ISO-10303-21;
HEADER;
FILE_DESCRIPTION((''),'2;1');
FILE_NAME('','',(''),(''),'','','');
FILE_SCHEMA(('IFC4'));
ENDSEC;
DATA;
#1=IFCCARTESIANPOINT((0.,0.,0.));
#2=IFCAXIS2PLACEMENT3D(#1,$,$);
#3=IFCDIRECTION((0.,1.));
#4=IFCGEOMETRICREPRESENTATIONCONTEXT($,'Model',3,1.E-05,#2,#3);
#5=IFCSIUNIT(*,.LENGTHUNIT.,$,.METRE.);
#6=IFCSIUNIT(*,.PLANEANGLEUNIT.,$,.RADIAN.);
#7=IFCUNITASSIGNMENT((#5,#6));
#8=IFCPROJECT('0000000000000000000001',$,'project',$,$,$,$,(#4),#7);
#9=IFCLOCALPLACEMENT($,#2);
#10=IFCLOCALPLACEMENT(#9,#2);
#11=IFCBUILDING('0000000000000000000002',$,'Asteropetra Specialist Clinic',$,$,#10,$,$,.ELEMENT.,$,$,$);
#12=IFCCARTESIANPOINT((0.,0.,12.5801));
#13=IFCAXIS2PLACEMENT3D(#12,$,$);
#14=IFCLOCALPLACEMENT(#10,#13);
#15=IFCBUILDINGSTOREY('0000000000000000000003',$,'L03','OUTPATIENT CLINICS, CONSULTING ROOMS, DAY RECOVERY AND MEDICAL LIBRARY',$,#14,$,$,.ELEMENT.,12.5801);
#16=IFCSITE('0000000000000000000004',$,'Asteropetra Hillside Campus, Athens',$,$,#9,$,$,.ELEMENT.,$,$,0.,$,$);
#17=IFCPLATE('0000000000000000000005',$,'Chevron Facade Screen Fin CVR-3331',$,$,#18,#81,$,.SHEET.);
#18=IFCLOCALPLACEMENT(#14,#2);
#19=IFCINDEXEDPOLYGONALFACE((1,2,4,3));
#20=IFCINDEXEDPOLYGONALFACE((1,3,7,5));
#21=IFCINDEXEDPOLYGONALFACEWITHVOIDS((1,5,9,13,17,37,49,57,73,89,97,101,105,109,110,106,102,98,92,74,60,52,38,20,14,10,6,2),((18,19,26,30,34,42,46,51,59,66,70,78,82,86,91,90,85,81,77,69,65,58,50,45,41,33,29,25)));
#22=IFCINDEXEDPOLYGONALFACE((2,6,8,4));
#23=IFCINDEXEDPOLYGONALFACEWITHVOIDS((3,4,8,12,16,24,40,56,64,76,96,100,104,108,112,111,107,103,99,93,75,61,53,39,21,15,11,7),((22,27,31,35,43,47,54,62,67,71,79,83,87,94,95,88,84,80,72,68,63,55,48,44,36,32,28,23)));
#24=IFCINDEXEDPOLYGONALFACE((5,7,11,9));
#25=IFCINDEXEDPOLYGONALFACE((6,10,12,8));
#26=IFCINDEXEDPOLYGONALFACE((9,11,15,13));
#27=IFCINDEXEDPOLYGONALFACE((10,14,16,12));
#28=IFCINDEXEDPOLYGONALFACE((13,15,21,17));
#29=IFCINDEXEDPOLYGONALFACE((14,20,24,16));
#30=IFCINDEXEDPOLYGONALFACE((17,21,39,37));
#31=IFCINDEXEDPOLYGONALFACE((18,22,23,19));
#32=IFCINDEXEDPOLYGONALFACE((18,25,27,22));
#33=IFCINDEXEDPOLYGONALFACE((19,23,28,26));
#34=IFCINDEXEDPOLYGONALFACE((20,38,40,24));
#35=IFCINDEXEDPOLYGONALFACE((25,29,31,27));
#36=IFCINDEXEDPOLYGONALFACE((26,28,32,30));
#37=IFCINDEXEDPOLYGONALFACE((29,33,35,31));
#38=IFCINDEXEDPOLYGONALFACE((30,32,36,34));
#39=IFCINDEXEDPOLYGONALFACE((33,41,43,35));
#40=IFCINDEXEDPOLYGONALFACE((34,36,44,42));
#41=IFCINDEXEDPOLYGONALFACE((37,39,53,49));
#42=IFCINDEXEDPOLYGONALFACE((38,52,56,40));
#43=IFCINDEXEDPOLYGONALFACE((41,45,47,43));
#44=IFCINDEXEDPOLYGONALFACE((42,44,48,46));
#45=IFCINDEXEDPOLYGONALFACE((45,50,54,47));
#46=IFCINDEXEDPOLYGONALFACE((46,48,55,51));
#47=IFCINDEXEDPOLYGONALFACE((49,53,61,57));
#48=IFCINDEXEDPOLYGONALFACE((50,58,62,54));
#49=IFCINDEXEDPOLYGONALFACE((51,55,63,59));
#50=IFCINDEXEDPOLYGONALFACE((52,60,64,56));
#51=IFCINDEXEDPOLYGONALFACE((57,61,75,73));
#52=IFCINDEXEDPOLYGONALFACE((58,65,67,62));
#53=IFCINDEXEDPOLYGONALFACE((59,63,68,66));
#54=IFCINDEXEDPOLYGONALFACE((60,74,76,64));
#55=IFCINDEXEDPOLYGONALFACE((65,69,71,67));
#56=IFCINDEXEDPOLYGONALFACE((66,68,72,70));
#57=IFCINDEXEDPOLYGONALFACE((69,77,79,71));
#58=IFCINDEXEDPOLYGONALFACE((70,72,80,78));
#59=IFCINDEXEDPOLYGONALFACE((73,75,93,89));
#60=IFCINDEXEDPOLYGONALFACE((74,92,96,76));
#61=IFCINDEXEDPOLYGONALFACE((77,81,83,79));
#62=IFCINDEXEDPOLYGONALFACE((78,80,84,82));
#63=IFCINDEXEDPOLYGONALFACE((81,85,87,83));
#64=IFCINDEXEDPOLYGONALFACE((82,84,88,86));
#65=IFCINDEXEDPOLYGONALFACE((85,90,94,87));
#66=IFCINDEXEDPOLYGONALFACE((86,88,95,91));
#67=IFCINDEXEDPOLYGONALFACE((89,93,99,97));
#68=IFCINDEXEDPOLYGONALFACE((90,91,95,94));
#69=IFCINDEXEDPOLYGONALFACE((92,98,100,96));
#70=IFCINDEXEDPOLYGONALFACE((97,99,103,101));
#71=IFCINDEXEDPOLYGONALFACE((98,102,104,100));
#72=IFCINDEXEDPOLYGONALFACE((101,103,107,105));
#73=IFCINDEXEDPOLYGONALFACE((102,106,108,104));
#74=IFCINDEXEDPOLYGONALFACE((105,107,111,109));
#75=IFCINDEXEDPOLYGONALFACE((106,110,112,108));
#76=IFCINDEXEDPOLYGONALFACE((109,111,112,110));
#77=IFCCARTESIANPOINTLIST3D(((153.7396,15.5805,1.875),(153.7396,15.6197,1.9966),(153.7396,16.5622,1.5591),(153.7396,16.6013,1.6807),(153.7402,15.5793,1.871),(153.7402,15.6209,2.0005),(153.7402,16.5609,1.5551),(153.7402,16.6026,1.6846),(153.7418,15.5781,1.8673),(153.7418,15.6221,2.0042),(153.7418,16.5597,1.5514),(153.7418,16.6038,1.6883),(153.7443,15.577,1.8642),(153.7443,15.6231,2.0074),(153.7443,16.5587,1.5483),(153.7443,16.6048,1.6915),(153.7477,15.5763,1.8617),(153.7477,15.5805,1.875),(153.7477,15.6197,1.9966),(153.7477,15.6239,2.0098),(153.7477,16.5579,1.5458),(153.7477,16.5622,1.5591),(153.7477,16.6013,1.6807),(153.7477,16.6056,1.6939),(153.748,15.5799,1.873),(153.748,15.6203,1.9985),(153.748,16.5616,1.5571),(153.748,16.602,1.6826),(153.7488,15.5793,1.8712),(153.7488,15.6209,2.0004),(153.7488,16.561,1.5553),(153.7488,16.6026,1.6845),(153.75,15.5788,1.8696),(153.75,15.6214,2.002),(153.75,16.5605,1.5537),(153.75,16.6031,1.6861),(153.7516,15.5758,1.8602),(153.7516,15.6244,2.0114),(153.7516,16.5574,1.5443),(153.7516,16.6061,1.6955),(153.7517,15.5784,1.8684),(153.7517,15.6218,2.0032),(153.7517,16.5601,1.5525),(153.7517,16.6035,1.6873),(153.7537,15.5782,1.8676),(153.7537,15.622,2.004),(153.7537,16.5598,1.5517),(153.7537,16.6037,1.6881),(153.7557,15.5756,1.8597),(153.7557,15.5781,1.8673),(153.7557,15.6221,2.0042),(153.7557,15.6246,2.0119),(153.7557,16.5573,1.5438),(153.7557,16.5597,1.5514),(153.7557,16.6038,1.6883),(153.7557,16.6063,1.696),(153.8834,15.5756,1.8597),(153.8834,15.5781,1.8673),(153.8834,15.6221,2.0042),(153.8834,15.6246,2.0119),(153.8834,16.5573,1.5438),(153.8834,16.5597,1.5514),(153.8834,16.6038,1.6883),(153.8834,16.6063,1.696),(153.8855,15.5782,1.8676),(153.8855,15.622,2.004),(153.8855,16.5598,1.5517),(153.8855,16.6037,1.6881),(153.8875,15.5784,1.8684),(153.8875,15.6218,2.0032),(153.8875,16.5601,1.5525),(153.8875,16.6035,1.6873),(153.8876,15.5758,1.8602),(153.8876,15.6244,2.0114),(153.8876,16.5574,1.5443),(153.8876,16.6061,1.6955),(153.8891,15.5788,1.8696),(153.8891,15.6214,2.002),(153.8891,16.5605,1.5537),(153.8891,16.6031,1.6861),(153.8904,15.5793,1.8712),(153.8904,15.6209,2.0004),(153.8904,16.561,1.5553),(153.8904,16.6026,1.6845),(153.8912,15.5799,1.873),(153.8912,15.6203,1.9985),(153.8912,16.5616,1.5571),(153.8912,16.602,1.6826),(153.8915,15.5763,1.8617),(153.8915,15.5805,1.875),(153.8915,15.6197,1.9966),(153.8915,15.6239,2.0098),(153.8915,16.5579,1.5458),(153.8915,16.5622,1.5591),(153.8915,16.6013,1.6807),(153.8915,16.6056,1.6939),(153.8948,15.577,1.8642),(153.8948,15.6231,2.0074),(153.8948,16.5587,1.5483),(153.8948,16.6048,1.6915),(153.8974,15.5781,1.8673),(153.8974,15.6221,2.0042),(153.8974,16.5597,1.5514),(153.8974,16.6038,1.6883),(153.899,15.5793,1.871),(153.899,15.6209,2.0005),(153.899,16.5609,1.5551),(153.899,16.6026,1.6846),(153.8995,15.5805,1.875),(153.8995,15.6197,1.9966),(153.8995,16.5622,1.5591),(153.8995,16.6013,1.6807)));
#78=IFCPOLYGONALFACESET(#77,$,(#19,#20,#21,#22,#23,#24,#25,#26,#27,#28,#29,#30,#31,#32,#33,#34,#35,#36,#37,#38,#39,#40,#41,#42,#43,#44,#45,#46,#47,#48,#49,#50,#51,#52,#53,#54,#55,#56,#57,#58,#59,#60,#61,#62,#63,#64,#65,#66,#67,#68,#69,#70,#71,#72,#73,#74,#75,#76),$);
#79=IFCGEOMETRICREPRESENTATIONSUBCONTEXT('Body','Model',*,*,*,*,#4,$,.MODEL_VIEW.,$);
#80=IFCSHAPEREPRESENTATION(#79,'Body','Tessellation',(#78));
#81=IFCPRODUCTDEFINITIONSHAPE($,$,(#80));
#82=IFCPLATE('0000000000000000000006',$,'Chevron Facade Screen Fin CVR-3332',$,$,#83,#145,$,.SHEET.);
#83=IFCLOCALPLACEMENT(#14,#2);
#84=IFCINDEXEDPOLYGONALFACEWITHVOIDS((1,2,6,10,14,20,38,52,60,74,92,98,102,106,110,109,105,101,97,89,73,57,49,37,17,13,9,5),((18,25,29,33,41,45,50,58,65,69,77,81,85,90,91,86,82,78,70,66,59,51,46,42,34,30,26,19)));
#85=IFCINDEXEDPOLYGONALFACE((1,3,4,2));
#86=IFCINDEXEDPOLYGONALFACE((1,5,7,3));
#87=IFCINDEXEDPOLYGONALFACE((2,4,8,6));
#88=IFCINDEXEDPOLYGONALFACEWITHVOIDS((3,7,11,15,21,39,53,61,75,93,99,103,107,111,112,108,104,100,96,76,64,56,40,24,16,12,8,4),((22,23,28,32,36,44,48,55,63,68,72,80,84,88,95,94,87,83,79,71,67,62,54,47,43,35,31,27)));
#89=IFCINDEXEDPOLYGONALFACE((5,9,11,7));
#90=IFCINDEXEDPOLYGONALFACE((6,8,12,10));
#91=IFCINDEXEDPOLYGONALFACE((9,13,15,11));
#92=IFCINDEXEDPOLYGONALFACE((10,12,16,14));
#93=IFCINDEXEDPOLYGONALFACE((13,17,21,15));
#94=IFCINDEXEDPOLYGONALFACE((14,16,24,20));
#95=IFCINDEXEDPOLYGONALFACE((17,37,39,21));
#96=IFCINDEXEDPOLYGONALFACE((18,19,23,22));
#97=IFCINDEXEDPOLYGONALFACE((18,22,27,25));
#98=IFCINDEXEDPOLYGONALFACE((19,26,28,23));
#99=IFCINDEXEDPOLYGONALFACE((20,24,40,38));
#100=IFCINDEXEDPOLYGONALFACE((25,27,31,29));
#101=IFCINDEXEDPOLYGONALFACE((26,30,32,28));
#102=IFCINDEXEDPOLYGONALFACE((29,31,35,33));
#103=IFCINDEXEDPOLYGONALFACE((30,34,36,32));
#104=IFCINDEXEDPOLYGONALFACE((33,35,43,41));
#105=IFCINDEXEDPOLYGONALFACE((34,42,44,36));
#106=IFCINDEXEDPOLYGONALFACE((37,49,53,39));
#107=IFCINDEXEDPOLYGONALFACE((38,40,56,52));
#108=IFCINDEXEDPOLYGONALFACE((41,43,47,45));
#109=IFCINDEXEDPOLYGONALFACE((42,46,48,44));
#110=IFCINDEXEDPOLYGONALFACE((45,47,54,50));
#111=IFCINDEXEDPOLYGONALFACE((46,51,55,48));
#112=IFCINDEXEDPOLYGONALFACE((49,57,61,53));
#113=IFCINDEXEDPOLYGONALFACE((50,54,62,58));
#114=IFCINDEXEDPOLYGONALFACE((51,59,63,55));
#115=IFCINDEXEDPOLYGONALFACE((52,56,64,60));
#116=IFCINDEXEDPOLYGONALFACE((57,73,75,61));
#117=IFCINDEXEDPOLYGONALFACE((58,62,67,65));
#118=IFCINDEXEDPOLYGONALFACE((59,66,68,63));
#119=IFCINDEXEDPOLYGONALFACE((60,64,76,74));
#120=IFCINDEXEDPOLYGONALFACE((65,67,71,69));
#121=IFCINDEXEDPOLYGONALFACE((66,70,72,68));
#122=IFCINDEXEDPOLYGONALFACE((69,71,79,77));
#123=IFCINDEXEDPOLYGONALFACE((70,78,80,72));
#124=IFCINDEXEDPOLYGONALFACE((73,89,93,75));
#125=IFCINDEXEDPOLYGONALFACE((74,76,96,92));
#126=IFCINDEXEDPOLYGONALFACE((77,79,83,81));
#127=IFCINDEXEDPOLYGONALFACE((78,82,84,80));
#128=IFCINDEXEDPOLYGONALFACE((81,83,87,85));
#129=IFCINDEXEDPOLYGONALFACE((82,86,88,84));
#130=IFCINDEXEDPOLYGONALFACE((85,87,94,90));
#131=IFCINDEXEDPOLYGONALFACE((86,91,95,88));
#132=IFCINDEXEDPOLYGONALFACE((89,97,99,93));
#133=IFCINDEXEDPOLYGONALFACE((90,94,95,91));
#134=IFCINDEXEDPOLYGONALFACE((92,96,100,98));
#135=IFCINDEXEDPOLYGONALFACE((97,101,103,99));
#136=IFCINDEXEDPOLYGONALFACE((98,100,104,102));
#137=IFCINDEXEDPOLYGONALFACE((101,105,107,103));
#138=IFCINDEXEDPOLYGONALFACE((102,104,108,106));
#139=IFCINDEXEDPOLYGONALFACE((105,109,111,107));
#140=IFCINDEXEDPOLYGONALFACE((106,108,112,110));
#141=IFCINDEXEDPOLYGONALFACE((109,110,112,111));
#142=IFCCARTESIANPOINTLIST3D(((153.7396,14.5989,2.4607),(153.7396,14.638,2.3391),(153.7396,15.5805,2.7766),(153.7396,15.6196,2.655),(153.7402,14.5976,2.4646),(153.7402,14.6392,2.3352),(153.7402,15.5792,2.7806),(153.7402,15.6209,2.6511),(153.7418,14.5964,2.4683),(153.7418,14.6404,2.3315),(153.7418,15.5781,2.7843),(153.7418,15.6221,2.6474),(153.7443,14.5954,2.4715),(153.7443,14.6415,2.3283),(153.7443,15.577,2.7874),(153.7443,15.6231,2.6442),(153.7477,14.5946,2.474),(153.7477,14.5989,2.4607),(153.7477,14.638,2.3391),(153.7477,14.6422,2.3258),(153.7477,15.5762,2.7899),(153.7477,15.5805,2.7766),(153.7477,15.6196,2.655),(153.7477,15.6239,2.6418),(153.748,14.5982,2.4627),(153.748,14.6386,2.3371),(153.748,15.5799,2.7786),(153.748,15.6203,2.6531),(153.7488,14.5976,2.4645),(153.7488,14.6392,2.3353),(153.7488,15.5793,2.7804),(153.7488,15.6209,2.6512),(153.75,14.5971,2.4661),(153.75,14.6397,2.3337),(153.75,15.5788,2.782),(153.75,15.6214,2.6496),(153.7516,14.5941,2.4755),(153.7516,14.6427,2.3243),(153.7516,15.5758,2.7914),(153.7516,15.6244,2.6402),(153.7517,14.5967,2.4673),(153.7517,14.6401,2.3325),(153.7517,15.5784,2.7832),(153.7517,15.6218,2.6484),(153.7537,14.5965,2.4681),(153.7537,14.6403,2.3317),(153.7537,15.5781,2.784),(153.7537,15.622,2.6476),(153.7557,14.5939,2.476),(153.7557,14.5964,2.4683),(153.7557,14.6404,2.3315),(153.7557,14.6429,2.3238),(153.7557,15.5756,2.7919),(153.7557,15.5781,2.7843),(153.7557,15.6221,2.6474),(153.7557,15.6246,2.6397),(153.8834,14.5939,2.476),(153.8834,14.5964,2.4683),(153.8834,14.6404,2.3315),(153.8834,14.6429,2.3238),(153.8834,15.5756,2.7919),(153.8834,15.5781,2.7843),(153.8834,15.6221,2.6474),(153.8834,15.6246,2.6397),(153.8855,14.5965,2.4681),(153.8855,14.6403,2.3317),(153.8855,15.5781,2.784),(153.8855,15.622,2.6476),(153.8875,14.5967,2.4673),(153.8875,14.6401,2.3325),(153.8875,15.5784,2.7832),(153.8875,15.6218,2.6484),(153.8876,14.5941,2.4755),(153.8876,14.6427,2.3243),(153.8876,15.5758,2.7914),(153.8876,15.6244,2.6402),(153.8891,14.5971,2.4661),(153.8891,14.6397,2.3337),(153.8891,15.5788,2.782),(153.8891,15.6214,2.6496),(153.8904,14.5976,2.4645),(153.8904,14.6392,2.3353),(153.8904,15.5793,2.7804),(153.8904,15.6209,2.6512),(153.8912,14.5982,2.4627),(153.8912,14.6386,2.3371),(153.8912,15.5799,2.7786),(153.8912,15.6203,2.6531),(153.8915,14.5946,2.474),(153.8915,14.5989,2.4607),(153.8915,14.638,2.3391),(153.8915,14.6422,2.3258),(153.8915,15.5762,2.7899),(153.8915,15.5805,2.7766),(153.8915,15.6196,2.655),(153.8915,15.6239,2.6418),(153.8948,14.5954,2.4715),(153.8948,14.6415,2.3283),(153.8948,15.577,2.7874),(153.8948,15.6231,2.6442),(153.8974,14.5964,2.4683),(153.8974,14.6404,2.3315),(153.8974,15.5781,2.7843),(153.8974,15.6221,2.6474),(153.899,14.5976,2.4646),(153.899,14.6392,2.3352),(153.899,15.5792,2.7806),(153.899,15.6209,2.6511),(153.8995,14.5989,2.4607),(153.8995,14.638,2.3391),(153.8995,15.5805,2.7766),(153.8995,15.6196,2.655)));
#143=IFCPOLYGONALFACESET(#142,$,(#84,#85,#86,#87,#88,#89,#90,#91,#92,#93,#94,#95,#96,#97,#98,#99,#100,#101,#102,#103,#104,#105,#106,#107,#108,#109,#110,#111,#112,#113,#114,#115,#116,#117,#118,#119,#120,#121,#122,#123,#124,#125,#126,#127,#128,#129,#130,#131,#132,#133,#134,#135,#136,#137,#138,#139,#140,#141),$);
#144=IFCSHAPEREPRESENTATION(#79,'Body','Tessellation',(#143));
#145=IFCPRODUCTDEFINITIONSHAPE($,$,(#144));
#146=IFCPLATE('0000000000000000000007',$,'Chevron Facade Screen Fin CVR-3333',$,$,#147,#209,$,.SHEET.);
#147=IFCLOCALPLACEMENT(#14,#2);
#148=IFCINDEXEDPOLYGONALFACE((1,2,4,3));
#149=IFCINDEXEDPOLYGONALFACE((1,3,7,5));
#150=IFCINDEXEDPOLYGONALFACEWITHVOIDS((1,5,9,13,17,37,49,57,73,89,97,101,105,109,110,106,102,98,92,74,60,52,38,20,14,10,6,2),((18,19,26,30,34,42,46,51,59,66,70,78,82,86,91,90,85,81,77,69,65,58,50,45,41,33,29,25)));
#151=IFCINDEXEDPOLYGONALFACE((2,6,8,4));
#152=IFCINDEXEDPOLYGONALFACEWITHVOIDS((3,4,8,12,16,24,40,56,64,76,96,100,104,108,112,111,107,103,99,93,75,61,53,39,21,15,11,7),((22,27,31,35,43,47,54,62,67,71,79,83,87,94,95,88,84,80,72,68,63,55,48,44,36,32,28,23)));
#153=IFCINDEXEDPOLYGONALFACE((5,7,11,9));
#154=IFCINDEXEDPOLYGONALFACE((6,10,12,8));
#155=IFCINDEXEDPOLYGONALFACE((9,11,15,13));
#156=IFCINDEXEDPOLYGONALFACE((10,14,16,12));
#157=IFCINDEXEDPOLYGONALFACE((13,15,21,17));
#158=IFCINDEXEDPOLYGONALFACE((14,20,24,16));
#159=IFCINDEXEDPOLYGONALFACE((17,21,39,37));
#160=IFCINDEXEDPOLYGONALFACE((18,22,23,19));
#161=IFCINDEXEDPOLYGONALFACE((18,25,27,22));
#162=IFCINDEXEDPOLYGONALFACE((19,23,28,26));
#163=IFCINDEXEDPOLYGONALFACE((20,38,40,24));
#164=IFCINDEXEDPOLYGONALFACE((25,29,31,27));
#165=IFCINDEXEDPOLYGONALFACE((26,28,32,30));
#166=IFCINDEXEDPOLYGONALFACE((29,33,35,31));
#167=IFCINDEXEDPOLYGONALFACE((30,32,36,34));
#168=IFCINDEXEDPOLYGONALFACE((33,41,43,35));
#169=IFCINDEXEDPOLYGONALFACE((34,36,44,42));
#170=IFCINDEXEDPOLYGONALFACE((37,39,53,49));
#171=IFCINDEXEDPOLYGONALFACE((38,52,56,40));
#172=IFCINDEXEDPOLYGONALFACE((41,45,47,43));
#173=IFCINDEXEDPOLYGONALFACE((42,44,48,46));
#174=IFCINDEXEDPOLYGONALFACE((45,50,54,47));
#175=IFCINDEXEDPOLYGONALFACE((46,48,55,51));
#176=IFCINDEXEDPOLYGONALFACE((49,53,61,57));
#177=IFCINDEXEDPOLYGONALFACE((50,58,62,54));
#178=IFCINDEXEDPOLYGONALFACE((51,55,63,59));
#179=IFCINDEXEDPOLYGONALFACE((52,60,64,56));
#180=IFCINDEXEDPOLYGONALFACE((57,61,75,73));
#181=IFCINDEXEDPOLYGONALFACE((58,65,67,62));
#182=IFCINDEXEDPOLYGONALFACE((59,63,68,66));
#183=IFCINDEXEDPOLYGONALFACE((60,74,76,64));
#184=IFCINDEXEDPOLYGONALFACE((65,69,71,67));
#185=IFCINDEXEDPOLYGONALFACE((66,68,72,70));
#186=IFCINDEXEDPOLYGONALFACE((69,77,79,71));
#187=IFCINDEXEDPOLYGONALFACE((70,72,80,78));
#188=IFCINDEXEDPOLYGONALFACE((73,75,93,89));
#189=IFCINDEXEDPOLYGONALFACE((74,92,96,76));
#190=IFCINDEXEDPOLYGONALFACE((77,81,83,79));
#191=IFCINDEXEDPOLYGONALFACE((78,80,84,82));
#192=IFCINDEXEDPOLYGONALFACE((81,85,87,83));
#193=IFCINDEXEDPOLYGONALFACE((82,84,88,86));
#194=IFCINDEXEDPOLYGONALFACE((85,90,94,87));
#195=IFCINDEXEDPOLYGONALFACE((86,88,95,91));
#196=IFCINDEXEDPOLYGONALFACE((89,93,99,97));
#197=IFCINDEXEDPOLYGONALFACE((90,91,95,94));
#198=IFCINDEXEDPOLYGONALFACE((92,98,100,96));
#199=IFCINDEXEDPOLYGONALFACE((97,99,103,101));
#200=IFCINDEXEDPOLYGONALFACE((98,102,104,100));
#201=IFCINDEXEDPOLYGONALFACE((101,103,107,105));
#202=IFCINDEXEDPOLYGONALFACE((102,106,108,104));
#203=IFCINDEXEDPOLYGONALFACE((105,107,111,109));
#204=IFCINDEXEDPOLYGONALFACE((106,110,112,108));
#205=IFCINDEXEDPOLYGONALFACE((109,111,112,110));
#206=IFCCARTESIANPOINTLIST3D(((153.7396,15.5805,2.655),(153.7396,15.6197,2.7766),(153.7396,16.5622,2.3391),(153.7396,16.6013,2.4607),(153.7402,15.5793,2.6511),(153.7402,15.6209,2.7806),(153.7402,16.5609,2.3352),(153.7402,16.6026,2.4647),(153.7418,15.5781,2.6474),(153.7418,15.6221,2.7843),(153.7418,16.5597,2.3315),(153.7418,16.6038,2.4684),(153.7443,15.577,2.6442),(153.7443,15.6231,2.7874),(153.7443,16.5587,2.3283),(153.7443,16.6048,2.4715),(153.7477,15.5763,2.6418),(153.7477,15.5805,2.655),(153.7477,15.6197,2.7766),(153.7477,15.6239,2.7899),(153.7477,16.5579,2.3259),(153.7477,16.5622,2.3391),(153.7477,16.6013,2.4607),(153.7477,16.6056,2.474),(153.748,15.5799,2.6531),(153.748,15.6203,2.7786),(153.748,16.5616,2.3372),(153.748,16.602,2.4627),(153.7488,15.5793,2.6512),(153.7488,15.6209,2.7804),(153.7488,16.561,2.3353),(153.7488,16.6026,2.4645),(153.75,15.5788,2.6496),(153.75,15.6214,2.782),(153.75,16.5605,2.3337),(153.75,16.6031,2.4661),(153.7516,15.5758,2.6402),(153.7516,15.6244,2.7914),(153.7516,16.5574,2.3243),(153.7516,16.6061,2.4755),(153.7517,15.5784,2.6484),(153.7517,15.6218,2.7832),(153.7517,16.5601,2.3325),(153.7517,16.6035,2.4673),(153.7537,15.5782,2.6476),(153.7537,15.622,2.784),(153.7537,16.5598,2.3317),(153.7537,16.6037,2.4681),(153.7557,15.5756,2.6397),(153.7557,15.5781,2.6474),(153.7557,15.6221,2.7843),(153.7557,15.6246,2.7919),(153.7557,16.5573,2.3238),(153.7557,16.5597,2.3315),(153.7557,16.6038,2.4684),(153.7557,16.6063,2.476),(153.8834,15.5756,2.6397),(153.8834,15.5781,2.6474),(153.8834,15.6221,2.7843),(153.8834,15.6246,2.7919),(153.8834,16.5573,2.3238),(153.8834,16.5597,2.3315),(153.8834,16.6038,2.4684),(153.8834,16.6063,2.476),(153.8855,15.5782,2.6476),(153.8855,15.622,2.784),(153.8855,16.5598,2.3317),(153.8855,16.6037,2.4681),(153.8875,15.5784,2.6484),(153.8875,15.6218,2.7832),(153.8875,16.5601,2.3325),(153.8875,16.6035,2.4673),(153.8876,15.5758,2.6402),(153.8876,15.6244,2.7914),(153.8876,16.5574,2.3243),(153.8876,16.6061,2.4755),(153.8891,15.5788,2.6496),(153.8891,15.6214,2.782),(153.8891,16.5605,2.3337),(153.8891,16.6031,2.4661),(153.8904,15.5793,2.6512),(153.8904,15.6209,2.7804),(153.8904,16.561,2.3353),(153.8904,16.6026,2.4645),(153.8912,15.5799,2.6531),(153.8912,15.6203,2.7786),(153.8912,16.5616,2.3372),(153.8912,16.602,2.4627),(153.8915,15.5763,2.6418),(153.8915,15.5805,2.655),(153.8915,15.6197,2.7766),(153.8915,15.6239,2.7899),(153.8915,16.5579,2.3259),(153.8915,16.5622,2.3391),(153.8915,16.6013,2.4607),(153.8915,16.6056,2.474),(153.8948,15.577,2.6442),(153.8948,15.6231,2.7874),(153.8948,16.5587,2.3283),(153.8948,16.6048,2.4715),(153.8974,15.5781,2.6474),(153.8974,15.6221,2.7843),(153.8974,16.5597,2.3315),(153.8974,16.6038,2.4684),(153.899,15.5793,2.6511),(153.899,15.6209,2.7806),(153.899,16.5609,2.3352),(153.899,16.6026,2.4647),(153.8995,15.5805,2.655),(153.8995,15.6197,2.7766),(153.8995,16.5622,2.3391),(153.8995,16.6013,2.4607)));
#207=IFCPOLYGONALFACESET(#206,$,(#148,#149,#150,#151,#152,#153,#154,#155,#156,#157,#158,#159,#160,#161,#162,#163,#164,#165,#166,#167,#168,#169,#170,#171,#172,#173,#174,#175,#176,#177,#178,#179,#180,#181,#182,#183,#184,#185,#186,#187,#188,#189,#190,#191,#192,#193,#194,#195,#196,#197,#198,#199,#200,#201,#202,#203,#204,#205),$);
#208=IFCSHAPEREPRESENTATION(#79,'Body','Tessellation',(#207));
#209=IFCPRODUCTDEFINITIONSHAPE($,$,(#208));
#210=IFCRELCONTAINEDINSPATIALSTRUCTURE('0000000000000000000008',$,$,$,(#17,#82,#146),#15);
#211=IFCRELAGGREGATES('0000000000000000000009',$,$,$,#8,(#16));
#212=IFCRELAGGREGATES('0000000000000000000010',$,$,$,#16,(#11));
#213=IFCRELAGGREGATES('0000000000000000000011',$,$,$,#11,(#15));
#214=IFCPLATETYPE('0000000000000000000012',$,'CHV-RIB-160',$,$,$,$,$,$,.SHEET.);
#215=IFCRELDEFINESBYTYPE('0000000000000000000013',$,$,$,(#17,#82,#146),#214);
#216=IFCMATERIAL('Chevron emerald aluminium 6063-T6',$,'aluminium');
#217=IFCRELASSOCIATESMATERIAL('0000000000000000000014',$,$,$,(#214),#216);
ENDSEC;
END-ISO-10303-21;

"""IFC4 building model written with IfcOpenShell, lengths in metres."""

from ifc_helpers import new_model, si_unit, direction, frame, origin, origin_2d, place, context, subcontext, project, spatial, hollow_rectangle, extrude, material, material_profile, profile_set, type_object, element, save


model = new_model("IFC4")

# Units and contexts
model_context = context("Model", 3, precision=1e-05, world=origin(), true_north=direction((0.0, 1.0)))
body_context = subcontext(model_context, "Body", "Model", "MODEL_VIEW")
ifc_project = project(units=[si_unit("LENGTHUNIT", "METRE"), si_unit("PLANEANGLEUNIT", "RADIAN")], contexts=[model_context])

# Site, building, storey
site_placement = place(None, origin())
site = spatial("IfcSite", under=ifc_project, at=site_placement, Name="Asteropetra Hillside Campus, Athens", CompositionType="ELEMENT", RefElevation=0.0)
building_placement = place(site_placement, origin())
building = spatial("IfcBuilding", under=site, at=building_placement, Name="Asteropetra Specialist Clinic", CompositionType="ELEMENT")
storey_placement = place(building_placement, frame((0.0, 0.0, 12.5801)))
storey = spatial("IfcBuildingStorey", under=building, at=storey_placement, Name="L03", Description="OUTPATIENT CLINICS, CONSULTING ROOMS, DAY RECOVERY AND MEDICAL LIBRARY", CompositionType="ELEMENT", Elevation=12.5801)

# Plates
ifc_material_1 = material(Name="Chevron emerald aluminium 6063-T6", Category="aluminium")
ifc_material_profile = material_profile(ifc_material_1, hollow_rectangle(XDim=0.1599, YDim=0.1599, WallThickness=0.0081, InnerFilletRadius=0.0081, OuterFilletRadius=0.0161, at=origin_2d()), Name="SHS 160x160x8.0")
ifc_profile_set = profile_set([ifc_material_profile], Name="Chevron emerald aluminium 6063-T6")
plate_type_1 = type_object("IfcPlateType", Name="CHV-RIB-160", PredefinedType="SHEET", material=ifc_profile_set)
for number, where, z_axis, x_axis, name in (
    (1, (153.8196, 15.6001, 1.9358), (0.0, 0.951923, -0.306339), (-1.0, 0.0, 0.0), "Chevron Facade Screen Fin CVR-3331"),
    (2, (153.8196, 14.6184, 2.3999), (0.0, 0.951923, 0.306339), (-1.0, 0.0, 0.0), "Chevron Facade Screen Fin CVR-3332"),
    (3, (153.8196, 15.6001, 2.7158), (0.0, 0.951923, -0.306339), (-1.0, 0.0, 0.0), "Chevron Facade Screen Fin CVR-3333"),
):
    element("IfcPlate", number, at=place(storey_placement, frame(where, z_axis=z_axis, x_axis=x_axis)), inside=storey, type_object=plate_type_1, Name=name, PredefinedType="SHEET", context=body_context, shape_type="SweptSolid", body=[
        extrude(hollow_rectangle(XDim=0.1599, YDim=0.1599, WallThickness=0.0081, InnerFilletRadius=0.0081, OuterFilletRadius=0.0161, at=origin_2d()), origin(), (0.0, 0.0, 1.0), 1.0312),
    ])

save(model, "model.ifc")
